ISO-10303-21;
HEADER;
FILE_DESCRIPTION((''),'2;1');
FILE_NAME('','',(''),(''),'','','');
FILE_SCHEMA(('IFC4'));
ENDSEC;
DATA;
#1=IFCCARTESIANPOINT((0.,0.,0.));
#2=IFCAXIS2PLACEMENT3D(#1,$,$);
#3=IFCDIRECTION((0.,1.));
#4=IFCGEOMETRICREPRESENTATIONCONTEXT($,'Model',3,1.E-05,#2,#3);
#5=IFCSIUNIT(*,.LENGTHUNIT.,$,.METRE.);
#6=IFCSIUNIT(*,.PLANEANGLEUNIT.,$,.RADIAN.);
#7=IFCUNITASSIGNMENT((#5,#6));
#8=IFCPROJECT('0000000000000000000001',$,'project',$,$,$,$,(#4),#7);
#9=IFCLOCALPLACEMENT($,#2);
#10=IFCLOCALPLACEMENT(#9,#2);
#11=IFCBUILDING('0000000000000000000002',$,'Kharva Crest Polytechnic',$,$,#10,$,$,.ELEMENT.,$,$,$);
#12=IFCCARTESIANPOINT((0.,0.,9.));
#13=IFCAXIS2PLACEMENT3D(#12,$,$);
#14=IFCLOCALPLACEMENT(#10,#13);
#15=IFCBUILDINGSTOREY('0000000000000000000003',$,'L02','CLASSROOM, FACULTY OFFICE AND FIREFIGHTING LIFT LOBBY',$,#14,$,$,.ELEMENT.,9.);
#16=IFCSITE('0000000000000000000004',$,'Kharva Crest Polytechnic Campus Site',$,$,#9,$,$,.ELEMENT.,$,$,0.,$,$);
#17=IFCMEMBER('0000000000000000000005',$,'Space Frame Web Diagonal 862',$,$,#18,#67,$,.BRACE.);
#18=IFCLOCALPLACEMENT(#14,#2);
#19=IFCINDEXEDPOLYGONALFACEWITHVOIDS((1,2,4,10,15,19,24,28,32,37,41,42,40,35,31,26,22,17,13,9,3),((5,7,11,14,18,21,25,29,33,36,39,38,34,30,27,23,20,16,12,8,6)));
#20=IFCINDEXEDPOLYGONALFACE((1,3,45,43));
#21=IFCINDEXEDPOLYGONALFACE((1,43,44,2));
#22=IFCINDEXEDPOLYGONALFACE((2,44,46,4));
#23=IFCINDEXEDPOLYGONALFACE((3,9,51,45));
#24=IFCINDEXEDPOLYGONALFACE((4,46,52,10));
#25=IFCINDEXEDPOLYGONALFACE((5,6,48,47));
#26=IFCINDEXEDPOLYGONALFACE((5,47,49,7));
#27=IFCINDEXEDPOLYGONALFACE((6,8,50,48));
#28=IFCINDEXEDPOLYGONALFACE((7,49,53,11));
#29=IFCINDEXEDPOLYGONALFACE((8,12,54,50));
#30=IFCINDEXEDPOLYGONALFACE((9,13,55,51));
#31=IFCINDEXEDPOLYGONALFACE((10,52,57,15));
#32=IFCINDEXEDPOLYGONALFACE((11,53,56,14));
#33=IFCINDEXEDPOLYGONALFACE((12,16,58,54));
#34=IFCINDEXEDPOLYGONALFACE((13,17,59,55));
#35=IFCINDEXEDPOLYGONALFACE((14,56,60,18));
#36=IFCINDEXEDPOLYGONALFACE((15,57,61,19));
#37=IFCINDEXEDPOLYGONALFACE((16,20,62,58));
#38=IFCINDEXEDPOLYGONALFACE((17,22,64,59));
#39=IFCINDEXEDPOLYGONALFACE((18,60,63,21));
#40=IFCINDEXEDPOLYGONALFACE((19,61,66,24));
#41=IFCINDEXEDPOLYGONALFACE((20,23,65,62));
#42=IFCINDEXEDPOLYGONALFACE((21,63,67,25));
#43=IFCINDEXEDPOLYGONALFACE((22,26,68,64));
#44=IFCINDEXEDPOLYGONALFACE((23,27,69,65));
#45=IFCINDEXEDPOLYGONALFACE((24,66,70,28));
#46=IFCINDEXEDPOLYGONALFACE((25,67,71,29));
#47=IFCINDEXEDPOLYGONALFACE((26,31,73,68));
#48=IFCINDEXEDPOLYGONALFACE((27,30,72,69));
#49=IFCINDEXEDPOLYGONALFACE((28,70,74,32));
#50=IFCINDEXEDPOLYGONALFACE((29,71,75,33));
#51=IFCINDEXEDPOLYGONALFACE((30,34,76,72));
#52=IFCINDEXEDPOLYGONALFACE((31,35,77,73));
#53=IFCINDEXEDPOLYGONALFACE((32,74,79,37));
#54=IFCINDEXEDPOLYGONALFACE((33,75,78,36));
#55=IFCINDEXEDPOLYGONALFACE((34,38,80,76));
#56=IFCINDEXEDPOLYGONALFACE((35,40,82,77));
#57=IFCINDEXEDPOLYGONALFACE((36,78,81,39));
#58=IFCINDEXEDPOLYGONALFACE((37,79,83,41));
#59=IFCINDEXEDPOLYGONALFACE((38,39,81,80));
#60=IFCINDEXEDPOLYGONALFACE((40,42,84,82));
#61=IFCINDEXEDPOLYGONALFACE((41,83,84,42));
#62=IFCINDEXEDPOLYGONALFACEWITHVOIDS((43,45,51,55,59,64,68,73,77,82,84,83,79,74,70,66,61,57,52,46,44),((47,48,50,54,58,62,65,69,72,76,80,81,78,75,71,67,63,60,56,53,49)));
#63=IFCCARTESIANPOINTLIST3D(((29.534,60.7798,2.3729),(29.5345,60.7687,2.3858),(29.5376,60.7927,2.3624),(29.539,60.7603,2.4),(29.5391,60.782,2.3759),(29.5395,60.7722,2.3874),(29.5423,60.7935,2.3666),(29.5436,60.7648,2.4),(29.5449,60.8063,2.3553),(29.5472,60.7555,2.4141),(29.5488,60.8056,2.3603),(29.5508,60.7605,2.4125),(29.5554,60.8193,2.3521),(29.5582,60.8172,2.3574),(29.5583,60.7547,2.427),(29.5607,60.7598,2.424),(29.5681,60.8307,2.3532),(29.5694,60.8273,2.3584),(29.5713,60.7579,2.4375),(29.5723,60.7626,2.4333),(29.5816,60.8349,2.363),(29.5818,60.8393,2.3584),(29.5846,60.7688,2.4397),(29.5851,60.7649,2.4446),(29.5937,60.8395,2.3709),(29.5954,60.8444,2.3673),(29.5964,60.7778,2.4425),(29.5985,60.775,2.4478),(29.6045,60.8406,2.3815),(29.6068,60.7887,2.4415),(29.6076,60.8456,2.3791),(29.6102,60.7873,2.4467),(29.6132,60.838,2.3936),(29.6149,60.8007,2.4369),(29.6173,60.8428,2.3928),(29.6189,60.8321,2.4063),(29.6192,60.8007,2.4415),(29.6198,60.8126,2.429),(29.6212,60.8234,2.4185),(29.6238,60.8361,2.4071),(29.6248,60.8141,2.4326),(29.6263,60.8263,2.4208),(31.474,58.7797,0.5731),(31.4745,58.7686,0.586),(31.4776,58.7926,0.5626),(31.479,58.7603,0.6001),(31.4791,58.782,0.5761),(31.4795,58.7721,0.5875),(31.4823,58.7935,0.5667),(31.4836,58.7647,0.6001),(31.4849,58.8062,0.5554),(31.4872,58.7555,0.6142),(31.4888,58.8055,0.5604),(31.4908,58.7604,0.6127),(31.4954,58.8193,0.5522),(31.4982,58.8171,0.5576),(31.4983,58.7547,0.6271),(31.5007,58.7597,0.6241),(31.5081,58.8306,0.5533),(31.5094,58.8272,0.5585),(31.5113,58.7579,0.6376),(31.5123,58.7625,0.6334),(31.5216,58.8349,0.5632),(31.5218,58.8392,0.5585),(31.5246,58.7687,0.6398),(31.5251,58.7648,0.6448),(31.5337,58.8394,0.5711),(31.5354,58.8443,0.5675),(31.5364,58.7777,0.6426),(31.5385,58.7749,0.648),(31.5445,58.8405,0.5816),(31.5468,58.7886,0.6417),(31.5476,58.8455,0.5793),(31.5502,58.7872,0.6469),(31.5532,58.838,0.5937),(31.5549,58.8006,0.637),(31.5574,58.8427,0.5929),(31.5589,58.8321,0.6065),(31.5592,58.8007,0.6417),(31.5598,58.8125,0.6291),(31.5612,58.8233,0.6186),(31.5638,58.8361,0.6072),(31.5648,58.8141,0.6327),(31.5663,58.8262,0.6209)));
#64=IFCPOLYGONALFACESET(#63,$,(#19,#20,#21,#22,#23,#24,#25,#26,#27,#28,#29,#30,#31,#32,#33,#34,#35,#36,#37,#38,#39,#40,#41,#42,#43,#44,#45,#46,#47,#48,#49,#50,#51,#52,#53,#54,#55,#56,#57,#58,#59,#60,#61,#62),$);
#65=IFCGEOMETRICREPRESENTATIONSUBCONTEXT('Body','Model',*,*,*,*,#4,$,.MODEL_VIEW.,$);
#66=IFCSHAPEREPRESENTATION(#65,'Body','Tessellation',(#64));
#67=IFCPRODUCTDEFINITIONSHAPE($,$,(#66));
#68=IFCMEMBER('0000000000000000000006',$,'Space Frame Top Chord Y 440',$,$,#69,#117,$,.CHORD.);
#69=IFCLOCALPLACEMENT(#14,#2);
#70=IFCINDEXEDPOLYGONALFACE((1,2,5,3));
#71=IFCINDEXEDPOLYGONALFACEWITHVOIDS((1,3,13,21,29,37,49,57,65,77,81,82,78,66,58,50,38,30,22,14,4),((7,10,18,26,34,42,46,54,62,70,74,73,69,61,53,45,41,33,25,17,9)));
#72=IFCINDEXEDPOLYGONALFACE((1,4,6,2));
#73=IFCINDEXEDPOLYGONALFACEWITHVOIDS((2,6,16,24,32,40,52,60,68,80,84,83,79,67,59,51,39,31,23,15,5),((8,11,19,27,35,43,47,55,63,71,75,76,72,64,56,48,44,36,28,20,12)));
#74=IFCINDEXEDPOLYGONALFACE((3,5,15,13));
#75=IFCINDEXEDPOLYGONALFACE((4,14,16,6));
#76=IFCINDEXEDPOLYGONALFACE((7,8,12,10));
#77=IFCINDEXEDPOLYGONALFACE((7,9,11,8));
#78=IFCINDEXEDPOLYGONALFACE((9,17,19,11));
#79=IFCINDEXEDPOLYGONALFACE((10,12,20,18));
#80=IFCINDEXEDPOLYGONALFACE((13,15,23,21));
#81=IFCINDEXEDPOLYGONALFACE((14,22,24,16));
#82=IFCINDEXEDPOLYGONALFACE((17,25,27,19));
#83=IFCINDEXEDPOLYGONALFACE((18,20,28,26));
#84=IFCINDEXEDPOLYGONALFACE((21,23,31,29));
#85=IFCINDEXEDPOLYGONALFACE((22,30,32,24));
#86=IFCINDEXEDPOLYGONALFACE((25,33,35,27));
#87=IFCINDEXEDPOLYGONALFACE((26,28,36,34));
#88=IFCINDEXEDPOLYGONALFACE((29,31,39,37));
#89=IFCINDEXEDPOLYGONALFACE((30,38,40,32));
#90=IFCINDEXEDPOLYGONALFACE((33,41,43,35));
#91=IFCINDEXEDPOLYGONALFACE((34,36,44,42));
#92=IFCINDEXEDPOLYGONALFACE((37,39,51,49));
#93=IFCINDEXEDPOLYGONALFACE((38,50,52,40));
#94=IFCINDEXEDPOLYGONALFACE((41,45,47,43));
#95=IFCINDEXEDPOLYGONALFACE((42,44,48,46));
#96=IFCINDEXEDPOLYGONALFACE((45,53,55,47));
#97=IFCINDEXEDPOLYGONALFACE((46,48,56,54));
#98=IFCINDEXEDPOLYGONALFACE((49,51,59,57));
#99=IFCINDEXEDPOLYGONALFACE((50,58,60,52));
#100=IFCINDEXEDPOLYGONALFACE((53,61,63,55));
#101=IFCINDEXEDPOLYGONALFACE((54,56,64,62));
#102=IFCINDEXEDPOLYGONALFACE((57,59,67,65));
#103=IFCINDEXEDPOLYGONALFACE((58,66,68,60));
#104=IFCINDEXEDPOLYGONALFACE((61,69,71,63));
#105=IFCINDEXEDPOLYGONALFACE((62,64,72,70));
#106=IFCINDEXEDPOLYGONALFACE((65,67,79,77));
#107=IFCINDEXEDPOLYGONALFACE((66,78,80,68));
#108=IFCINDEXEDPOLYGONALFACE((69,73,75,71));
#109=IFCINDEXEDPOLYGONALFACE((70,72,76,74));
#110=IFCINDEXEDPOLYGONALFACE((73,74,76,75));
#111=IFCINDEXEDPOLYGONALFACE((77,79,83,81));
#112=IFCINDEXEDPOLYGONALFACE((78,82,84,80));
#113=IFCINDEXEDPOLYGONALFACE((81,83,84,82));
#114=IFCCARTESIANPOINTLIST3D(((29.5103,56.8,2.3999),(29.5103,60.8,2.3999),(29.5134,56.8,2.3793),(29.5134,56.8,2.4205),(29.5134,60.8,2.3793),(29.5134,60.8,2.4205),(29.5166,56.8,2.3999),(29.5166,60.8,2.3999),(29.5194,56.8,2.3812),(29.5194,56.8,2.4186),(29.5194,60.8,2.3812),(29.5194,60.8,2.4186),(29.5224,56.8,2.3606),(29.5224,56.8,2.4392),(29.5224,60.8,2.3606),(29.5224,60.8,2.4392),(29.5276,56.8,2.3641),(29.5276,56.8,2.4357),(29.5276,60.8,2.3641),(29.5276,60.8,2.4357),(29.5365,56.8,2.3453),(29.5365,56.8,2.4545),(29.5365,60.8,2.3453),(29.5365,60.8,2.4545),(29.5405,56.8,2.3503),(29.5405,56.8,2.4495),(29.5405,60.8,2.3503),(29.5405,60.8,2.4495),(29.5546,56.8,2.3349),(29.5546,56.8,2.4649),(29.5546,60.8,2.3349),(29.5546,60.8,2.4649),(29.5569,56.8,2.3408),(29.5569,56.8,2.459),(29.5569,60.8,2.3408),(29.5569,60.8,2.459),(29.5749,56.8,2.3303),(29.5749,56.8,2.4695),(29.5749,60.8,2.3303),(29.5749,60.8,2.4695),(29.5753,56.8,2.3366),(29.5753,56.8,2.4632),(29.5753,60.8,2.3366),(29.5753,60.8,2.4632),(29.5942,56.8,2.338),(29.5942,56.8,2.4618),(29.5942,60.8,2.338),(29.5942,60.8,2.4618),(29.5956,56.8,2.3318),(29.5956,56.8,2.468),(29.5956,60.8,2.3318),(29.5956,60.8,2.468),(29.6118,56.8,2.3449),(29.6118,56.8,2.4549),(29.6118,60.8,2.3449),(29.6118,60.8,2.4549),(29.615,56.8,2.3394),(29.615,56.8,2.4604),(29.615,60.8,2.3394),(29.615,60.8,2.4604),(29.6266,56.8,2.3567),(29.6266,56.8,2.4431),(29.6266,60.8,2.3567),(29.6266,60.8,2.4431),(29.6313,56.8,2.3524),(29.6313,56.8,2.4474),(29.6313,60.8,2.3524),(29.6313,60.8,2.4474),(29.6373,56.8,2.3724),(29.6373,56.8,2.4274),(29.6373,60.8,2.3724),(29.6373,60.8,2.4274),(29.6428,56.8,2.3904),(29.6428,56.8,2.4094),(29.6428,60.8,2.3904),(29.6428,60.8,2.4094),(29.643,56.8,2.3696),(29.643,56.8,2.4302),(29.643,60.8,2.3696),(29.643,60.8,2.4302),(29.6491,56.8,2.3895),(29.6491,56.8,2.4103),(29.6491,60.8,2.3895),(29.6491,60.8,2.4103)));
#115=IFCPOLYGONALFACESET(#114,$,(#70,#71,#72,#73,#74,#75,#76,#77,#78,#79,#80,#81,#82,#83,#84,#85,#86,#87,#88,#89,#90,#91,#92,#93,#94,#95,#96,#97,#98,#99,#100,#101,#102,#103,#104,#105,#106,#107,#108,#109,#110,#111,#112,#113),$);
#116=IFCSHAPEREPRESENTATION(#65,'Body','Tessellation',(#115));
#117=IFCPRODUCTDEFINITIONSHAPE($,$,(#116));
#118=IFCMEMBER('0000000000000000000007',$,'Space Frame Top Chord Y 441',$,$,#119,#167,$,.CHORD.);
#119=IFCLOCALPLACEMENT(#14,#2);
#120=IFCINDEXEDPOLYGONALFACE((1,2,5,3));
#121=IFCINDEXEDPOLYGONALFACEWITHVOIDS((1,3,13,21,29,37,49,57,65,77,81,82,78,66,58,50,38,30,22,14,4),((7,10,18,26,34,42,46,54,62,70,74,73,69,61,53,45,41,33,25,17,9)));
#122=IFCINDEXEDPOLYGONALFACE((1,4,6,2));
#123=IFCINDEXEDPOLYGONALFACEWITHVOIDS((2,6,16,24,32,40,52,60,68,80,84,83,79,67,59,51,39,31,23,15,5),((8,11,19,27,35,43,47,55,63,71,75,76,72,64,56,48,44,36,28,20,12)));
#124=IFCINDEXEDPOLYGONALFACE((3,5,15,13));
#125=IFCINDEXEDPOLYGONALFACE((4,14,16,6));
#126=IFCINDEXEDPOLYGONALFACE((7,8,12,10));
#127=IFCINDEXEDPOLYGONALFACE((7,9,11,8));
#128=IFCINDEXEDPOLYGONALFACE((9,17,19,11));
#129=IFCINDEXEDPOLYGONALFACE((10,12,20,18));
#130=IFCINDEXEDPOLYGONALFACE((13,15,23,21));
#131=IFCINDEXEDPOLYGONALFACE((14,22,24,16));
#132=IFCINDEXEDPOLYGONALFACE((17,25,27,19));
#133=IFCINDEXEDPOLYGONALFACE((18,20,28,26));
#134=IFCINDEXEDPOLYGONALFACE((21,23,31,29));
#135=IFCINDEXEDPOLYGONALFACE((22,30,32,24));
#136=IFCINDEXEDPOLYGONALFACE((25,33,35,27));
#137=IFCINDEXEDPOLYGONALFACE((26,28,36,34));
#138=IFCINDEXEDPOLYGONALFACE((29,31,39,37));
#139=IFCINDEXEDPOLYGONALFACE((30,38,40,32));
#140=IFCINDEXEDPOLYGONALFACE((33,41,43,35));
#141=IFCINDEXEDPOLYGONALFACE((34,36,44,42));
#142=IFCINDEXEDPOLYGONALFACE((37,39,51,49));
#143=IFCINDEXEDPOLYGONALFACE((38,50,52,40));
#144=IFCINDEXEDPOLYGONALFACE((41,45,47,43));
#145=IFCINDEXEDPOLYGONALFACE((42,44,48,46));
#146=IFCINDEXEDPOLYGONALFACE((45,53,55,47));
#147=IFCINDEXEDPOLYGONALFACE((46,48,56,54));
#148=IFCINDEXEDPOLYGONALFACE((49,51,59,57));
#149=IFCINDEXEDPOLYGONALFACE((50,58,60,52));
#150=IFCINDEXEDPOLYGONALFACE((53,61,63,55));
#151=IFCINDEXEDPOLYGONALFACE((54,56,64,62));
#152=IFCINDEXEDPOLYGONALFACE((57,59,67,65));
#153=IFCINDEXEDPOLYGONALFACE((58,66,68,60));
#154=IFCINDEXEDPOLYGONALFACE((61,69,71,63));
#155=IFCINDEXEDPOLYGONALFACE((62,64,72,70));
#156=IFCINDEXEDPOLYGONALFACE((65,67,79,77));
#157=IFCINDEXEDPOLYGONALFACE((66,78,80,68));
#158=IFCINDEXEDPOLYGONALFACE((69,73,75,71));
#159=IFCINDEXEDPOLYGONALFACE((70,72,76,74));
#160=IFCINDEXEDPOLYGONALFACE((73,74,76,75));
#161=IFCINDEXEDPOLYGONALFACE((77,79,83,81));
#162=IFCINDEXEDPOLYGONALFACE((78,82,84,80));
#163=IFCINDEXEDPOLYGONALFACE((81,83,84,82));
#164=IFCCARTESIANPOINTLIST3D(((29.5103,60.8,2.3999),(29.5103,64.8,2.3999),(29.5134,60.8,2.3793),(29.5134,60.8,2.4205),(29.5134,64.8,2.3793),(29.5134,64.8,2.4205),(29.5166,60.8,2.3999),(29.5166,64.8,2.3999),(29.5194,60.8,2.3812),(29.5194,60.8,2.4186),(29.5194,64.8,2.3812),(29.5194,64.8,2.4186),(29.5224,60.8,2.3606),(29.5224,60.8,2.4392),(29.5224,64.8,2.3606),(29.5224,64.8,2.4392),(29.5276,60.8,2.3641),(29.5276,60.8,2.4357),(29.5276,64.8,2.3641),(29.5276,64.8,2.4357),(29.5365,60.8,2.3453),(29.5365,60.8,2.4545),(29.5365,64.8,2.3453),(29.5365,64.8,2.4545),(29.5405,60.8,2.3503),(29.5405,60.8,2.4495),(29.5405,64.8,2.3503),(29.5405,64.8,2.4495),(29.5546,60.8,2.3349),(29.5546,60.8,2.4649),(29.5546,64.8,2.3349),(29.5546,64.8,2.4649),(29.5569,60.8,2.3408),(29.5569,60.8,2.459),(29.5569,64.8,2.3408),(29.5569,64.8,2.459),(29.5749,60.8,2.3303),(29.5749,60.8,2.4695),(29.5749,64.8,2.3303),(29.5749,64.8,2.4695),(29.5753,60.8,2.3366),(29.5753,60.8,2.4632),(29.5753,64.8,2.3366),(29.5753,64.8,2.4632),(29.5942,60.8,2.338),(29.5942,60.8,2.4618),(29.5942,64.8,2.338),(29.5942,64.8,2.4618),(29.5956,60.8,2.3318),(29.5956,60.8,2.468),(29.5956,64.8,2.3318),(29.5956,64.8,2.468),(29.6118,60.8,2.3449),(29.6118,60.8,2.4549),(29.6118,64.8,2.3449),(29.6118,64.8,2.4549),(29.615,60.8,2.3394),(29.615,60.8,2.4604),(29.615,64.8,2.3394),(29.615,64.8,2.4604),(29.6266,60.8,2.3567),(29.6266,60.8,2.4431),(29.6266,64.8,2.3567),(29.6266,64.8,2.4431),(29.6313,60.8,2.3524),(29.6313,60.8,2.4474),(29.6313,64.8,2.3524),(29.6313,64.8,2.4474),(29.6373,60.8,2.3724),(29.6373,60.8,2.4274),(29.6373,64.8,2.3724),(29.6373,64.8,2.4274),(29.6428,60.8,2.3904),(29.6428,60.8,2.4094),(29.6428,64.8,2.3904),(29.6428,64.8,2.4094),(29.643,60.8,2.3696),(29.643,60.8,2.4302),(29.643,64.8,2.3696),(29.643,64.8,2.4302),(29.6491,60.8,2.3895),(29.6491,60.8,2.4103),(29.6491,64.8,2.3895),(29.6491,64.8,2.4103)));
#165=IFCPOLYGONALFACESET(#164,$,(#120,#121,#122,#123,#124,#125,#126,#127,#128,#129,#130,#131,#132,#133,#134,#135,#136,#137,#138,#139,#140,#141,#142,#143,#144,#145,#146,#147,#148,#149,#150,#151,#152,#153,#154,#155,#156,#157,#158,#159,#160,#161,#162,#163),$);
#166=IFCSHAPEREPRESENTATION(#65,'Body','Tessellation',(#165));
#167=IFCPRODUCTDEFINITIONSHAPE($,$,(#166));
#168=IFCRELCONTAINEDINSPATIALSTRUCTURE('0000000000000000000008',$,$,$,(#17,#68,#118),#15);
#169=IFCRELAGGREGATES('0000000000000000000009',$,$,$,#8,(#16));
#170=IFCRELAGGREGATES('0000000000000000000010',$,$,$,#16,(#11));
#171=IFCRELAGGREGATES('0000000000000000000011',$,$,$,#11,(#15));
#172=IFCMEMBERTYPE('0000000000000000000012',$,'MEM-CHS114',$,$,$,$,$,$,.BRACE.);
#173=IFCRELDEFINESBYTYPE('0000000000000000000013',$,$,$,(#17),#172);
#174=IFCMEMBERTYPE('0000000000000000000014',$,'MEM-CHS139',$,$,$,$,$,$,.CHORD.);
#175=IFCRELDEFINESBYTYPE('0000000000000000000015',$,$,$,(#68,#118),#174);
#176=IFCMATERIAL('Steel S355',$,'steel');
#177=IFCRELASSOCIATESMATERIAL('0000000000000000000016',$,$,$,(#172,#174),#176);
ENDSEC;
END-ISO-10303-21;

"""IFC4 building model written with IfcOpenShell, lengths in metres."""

from ifc_helpers import new_model, si_unit, direction, frame, origin, origin_2d, place, context, subcontext, project, spatial, hollow_circle, extrude, material, material_profile, profile_set, type_object, element, save


model = new_model("IFC4")

# Units and contexts
model_context = context("Model", 3, precision=1e-05, world=origin(), true_north=direction((0.0, 1.0)))
body_context = subcontext(model_context, "Body", "Model", "MODEL_VIEW")
ifc_project = project(units=[si_unit("LENGTHUNIT", "METRE"), si_unit("PLANEANGLEUNIT", "RADIAN")], contexts=[model_context])

# Site, building, storey
site_placement = place(None, origin())
site = spatial("IfcSite", under=ifc_project, at=site_placement, Name="Kharva Crest Polytechnic Campus Site", CompositionType="ELEMENT", RefElevation=0.0)
building_placement = place(site_placement, origin())
building = spatial("IfcBuilding", under=site, at=building_placement, Name="Kharva Crest Polytechnic", CompositionType="ELEMENT")
storey_placement = place(building_placement, frame((0.0, 0.0, 9.0)))
storey = spatial("IfcBuildingStorey", under=building, at=storey_placement, Name="L02", Description="CLASSROOM, FACULTY OFFICE AND FIREFIGHTING LIFT LOBBY", CompositionType="ELEMENT", Elevation=9.0)

# Shared definitions
ifc_material_1 = material(Name="Steel S355", Category="steel")

# Members
ifc_material_profile_1 = material_profile(ifc_material_1, hollow_circle(Radius=0.0571, WallThickness=0.0063, at=origin_2d()), Name="CHS 114.3X6.3")
ifc_profile_set_1 = profile_set([ifc_material_profile_1], Name="Steel S355")
member_type_1 = type_object("IfcMemberType", Name="MEM-CHS114", PredefinedType="BRACE", material=ifc_profile_set_1)
for number, where, z_axis, x_axis, name in (
    (1, (31.52, 58.8, 0.6001), (-0.584843, 0.60295, 0.542596), (-0.717802, -0.696247, 0.0), "Space Frame Web Diagonal 862"),
):
    element("IfcMember", number, at=place(storey_placement, frame(where, z_axis=z_axis, x_axis=x_axis)), inside=storey, type_object=member_type_1, Name=name, PredefinedType="BRACE", context=body_context, shape_type="SweptSolid", body=[
        extrude(hollow_circle(Radius=0.0571, WallThickness=0.0063, at=origin_2d()), origin(), (0.0, 0.0, 1.0), 3.3171),
    ])
ifc_material_profile_2 = material_profile(ifc_material_1, hollow_circle(Radius=0.0698, WallThickness=0.0063, at=origin_2d()), Name="CHS 139.7X6.3")
ifc_profile_set_2 = profile_set([ifc_material_profile_2], Name="Steel S355")
member_type_2 = type_object("IfcMemberType", Name="MEM-CHS139", PredefinedType="CHORD", material=ifc_profile_set_2)
for number, where, z_axis, x_axis, name in (
    (2, (29.5801, 56.8, 2.3999), (0.0, 1.0, 0.0), (-1.0, 0.0, 0.0), "Space Frame Top Chord Y 440"),
    (3, (29.5801, 60.8, 2.3999), (0.0, 1.0, 0.0), (-1.0, 0.0, 0.0), "Space Frame Top Chord Y 441"),
):
    element("IfcMember", number, at=place(storey_placement, frame(where, z_axis=z_axis, x_axis=x_axis)), inside=storey, type_object=member_type_2, Name=name, PredefinedType="CHORD", context=body_context, shape_type="SweptSolid", body=[
        extrude(hollow_circle(Radius=0.0698, WallThickness=0.0063, at=origin_2d()), origin(), (0.0, 0.0, 1.0), 4.0),
    ])

save(model, "model.ifc")
